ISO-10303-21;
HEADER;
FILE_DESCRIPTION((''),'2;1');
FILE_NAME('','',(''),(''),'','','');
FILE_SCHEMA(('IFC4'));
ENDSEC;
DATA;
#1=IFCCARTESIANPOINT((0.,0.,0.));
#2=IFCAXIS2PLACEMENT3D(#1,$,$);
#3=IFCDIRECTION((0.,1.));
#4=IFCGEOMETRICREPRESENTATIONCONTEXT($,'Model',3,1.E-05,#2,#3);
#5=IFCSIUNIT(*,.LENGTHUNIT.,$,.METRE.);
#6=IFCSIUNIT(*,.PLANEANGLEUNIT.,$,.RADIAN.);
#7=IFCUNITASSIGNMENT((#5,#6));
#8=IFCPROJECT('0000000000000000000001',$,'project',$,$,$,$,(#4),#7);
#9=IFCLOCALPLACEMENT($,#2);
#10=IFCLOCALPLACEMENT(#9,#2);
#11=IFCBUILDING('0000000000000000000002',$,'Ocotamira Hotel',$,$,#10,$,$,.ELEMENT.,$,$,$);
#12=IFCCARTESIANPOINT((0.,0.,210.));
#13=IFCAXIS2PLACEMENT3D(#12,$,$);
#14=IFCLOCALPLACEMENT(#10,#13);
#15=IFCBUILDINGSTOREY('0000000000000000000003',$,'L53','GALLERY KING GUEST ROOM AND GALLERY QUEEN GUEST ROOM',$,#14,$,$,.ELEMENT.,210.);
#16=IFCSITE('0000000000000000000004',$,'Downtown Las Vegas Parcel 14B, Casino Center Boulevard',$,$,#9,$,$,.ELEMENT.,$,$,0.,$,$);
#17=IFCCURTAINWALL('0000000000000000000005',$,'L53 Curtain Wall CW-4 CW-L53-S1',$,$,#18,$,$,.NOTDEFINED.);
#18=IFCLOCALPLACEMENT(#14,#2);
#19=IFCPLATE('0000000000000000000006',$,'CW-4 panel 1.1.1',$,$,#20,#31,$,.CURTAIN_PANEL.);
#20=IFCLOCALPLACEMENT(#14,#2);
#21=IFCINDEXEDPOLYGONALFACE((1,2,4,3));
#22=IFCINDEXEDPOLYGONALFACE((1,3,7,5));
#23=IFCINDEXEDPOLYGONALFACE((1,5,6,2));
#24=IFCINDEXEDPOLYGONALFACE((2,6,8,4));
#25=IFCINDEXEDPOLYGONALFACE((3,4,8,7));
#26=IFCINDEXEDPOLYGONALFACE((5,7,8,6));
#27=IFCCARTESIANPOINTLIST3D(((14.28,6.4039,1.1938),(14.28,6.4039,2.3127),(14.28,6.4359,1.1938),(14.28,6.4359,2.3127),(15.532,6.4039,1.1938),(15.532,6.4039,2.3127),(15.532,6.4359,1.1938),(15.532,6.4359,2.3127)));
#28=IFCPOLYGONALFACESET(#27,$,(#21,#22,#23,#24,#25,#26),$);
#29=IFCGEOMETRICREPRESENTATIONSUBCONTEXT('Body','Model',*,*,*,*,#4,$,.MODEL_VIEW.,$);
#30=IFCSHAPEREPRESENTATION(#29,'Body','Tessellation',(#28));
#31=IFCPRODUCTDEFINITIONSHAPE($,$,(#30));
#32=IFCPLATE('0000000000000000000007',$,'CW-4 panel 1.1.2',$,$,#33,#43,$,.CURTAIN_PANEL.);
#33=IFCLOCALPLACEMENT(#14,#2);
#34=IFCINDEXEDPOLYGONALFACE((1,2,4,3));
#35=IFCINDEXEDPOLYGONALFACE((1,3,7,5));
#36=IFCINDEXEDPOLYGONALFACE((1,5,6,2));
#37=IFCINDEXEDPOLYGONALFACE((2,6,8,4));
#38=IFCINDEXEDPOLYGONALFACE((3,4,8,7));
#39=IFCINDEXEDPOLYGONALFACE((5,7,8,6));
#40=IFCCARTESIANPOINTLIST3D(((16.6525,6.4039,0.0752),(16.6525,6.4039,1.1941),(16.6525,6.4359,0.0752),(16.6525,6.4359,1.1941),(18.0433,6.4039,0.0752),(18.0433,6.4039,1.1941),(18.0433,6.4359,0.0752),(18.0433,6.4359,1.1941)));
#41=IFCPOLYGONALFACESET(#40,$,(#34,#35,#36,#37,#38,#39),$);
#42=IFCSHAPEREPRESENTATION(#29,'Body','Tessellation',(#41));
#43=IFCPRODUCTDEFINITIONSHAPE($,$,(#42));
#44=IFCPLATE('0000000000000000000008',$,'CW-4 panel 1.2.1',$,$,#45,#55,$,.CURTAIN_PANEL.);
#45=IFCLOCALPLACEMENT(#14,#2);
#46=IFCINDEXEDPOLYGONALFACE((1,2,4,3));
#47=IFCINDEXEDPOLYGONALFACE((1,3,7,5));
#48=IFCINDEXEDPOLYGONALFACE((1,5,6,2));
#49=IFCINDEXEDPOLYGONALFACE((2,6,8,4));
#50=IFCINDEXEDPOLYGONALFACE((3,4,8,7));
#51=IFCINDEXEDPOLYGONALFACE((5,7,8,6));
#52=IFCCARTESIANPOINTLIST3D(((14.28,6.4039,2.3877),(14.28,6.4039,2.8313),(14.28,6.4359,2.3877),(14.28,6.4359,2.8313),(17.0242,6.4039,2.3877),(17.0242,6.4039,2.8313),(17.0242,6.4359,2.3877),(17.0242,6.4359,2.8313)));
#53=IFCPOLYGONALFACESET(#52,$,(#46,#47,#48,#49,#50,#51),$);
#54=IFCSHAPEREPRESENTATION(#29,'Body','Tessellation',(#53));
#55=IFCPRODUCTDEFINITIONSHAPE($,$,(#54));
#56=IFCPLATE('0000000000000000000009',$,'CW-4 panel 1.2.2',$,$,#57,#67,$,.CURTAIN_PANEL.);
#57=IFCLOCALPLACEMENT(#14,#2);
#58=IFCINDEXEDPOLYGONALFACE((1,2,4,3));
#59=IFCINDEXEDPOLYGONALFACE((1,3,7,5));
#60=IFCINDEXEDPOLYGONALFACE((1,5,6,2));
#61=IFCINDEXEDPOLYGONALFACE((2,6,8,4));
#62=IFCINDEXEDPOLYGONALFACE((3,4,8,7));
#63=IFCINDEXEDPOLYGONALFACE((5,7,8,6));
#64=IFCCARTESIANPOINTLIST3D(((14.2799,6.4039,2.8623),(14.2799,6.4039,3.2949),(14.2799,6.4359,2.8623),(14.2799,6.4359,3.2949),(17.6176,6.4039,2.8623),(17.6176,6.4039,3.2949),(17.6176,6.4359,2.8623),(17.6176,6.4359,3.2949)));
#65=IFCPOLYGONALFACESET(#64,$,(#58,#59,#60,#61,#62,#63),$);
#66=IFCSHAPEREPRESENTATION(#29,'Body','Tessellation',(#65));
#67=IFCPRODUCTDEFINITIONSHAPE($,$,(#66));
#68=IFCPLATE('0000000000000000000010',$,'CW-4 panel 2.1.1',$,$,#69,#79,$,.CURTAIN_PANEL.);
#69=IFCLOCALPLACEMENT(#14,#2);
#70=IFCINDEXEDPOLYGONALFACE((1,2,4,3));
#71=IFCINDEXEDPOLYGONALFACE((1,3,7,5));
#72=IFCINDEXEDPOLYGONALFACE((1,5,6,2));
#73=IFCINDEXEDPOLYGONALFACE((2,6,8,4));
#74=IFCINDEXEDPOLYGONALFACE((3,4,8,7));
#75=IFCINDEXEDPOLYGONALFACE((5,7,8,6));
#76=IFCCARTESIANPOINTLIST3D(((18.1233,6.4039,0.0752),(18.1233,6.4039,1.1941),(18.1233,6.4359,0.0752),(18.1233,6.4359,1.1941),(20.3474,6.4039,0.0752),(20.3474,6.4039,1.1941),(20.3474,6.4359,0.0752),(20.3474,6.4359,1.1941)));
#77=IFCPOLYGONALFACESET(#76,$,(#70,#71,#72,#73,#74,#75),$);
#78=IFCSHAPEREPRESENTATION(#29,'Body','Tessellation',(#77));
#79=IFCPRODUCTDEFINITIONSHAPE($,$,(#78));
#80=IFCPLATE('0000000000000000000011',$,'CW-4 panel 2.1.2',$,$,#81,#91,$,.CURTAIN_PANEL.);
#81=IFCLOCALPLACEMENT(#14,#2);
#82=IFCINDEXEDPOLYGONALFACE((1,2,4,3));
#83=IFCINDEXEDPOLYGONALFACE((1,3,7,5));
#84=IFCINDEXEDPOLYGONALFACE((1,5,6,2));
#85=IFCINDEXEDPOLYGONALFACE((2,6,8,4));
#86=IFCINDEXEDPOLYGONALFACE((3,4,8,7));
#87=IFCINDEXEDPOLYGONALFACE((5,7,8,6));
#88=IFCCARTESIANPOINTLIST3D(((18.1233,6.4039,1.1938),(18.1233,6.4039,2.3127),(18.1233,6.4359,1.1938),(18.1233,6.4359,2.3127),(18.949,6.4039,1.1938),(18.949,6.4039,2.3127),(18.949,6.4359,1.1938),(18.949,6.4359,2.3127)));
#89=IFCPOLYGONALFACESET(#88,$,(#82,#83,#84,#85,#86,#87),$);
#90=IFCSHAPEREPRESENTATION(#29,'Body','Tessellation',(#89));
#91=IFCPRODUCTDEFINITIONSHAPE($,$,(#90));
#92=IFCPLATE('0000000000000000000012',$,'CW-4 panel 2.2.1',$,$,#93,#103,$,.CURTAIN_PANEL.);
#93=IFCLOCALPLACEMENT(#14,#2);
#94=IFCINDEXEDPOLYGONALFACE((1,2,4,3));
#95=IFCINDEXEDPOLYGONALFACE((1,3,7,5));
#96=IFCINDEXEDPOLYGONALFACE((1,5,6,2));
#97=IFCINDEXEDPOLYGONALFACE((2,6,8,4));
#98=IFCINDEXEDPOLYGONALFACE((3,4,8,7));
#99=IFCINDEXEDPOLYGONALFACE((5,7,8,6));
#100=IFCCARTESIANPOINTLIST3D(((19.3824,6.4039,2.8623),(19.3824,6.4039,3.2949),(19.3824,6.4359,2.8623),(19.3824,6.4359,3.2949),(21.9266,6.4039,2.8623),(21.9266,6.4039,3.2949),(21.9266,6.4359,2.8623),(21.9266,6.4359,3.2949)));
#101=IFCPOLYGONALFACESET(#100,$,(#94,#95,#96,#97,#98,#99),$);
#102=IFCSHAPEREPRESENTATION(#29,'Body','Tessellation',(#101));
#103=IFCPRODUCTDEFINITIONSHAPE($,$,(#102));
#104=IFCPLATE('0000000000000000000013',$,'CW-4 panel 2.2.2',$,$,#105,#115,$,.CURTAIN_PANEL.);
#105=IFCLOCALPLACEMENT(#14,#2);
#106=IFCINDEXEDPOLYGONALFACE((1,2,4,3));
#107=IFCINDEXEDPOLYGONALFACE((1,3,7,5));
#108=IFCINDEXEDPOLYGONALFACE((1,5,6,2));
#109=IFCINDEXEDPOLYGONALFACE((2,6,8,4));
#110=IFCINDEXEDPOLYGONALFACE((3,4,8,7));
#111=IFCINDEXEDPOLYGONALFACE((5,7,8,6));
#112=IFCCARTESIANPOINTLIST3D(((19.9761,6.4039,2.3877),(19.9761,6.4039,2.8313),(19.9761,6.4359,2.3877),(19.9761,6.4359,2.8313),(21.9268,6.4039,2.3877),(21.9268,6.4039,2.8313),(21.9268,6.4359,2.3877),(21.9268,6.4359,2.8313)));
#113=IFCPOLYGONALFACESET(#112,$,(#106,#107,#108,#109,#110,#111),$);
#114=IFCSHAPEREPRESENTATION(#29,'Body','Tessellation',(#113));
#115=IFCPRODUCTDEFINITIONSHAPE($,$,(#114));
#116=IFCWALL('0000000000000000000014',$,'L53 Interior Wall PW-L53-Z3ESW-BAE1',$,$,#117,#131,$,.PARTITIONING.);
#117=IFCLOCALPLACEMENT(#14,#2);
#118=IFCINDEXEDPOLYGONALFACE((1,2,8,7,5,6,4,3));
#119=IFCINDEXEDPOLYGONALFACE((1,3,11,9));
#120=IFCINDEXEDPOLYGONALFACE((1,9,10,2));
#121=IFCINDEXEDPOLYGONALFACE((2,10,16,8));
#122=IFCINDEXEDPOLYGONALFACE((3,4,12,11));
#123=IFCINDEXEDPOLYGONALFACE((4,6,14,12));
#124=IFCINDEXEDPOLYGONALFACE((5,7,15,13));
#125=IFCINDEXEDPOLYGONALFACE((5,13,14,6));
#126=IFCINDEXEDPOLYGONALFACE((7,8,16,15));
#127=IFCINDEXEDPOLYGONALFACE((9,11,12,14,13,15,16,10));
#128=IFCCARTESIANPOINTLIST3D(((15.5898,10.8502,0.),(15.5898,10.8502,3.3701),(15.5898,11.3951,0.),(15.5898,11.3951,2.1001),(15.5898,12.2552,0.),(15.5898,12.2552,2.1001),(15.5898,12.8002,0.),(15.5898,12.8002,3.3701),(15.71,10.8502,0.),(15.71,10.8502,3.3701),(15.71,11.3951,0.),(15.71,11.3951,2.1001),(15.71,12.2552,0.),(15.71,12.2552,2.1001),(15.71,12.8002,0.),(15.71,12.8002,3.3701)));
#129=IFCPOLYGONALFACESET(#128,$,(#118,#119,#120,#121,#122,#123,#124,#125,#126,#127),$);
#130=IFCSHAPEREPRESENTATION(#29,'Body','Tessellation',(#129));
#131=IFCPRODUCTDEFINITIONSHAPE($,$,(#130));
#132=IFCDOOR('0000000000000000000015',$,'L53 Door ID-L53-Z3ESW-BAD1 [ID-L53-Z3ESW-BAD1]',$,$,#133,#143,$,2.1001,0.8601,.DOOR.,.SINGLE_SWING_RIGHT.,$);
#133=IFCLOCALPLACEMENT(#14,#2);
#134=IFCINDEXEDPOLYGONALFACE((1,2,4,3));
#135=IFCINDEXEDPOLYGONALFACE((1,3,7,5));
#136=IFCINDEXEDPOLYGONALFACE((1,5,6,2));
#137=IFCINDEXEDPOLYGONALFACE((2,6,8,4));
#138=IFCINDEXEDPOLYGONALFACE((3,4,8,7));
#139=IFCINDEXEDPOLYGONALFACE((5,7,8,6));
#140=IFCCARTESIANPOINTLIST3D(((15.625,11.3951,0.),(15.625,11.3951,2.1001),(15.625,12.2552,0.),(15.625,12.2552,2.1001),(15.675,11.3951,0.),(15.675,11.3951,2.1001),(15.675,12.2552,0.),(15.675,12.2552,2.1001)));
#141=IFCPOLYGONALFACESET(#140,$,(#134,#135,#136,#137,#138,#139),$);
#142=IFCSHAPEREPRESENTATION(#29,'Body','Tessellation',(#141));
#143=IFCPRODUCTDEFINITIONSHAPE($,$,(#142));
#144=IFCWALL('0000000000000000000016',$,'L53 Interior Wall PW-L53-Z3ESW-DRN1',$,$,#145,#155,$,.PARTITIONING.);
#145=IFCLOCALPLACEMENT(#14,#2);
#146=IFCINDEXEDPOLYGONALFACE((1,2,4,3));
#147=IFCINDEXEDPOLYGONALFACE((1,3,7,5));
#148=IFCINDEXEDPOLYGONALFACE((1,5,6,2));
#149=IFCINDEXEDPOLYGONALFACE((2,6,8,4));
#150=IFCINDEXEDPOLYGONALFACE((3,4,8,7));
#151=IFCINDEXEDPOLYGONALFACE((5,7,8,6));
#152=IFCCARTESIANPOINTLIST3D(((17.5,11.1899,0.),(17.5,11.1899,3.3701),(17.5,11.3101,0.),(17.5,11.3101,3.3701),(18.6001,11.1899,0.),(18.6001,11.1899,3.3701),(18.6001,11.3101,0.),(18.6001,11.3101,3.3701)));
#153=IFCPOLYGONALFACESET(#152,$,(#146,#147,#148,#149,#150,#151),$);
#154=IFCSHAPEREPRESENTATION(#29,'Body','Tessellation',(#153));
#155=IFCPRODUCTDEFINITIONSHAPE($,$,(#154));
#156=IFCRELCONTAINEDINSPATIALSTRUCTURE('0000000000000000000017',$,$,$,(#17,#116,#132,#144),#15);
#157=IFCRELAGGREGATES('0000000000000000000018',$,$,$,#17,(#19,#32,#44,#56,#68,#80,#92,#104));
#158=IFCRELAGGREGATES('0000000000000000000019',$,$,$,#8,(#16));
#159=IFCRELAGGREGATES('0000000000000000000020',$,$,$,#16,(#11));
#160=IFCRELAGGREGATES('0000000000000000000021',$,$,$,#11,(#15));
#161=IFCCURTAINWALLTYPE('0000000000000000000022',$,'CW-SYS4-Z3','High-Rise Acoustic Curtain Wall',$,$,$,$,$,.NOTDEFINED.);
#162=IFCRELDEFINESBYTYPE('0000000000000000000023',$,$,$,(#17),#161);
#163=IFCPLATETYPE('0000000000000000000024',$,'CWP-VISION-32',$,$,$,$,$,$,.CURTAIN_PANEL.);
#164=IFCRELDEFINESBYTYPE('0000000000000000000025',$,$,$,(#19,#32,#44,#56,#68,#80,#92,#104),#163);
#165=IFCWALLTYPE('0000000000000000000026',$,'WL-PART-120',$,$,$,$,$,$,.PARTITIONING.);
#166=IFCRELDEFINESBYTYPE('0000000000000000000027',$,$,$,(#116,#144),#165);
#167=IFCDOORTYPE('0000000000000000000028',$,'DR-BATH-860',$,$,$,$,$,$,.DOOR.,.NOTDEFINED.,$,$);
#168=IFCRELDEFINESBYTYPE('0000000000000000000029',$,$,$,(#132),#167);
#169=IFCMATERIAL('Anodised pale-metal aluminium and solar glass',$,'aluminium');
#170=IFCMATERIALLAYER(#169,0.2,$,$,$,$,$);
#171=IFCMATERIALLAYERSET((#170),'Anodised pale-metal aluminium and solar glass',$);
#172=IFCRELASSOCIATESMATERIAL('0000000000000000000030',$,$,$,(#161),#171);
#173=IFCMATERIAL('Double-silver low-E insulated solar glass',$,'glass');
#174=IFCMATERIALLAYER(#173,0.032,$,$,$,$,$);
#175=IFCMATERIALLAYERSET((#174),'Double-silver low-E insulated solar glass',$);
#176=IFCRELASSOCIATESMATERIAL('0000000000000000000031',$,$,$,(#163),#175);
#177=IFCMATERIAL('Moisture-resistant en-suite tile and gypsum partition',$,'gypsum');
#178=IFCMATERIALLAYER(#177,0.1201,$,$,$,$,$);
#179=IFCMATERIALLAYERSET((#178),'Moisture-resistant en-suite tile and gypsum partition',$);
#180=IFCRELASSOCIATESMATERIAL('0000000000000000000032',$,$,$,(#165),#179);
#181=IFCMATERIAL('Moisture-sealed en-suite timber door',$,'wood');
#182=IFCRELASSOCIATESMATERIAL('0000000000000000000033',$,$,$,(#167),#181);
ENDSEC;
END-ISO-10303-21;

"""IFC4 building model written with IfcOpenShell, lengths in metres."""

from ifc_helpers import new_model, si_unit, direction, frame, frame_2d, origin, origin_2d, place, context, subcontext, project, spatial, rectangle, extrude, source, transform, mapped, material, layer, layer_set, type_object, element, fill, aggregate, save


model = new_model("IFC4")

# Units and contexts
model_context = context("Model", 3, precision=1e-05, world=origin(), true_north=direction((0.0, 1.0)))
body_context = subcontext(model_context, "Body", "Model", "MODEL_VIEW")
ifc_project = project(units=[si_unit("LENGTHUNIT", "METRE"), si_unit("PLANEANGLEUNIT", "RADIAN")], contexts=[model_context])

# Site, building, storey
site_placement = place(None, origin())
site = spatial("IfcSite", under=ifc_project, at=site_placement, Name="Downtown Las Vegas Parcel 14B, Casino Center Boulevard", CompositionType="ELEMENT", RefElevation=0.0)
building_placement = place(site_placement, origin())
building = spatial("IfcBuilding", under=site, at=building_placement, Name="Ocotamira Hotel", CompositionType="ELEMENT")
storey_placement = place(building_placement, frame((0.0, 0.0, 210.0)))
storey = spatial("IfcBuildingStorey", under=building, at=storey_placement, Name="L53", Description="GALLERY KING GUEST ROOM AND GALLERY QUEEN GUEST ROOM", CompositionType="ELEMENT", Elevation=210.0)

# Curtain wall
ifc_material_1 = material(Name="Anodised pale-metal aluminium and solar glass", Category="aluminium")
ifc_layer_1 = layer(ifc_material_1, 0.2)
ifc_layer_set_1 = layer_set([ifc_layer_1], Name="Anodised pale-metal aluminium and solar glass")
curtain_wall_type = type_object("IfcCurtainWallType", Name="CW-SYS4-Z3", Description="High-Rise Acoustic Curtain Wall", PredefinedType="NOTDEFINED", material=ifc_layer_set_1)
curtain_wall_placement = place(storey_placement, origin())
curtain_wall = element("IfcCurtainWall", 1, at=curtain_wall_placement, inside=storey, type_object=curtain_wall_type, Name="L53 Curtain Wall CW-4 CW-L53-S1", PredefinedType="NOTDEFINED")

# Plates
ifc_material_2 = material(Name="Double-silver low-E insulated solar glass", Category="glass")
ifc_layer_2 = layer(ifc_material_2, 0.032)
ifc_layer_set_2 = layer_set([ifc_layer_2], Name="Double-silver low-E insulated solar glass")
plate_type_1 = type_object("IfcPlateType", Name="CWP-VISION-32", PredefinedType="CURTAIN_PANEL", material=ifc_layer_set_2)
shared_shape_1 = source(origin(), body_context, "Body", "SweptSolid", [
    extrude(rectangle(XDim=1.252, YDim=0.032, at=origin_2d()), origin(), (0.0, 0.0, 1.0), 1.1189),
])
plate_1_placement = place(storey_placement, frame((14.906, 6.4199, 1.1938), z_axis=(0.0, 0.0, 1.0), x_axis=(1.0, 0.0, 0.0)))
plate_1 = element("IfcPlate", 2, at=plate_1_placement, type_object=plate_type_1, Name="CW-4 panel 1.1.1", PredefinedType="CURTAIN_PANEL", context=body_context, shape_type="MappedRepresentation", body=[
    mapped(shared_shape_1, transform((0.0, 0.0, 0.0), scale=1.0)),
])
shared_shape_2 = source(origin(), body_context, "Body", "SweptSolid", [
    extrude(rectangle(XDim=1.3909, YDim=0.032, at=origin_2d()), origin(), (0.0, 0.0, 1.0), 1.1189),
])
plate_2_placement = place(storey_placement, frame((17.3479, 6.4199, 0.0752), z_axis=(0.0, 0.0, 1.0), x_axis=(1.0, 0.0, 0.0)))
plate_2 = element("IfcPlate", 3, at=plate_2_placement, type_object=plate_type_1, Name="CW-4 panel 1.1.2", PredefinedType="CURTAIN_PANEL", context=body_context, shape_type="MappedRepresentation", body=[
    mapped(shared_shape_2, transform((0.0, 0.0, 0.0), scale=1.0)),
])
shared_shape_3 = source(origin(), body_context, "Body", "SweptSolid", [
    extrude(rectangle(XDim=2.7441, YDim=0.032, at=origin_2d()), origin(), (0.0, 0.0, 1.0), 0.4436),
])
plate_3_placement = place(storey_placement, frame((15.6521, 6.4199, 2.3877), z_axis=(0.0, 0.0, 1.0), x_axis=(1.0, 0.0, 0.0)))
plate_3 = element("IfcPlate", 4, at=plate_3_placement, type_object=plate_type_1, Name="CW-4 panel 1.2.1", PredefinedType="CURTAIN_PANEL", context=body_context, shape_type="MappedRepresentation", body=[
    mapped(shared_shape_3, transform((0.0, 0.0, 0.0), scale=1.0)),
])
shared_shape_4 = source(origin(), body_context, "Body", "SweptSolid", [
    extrude(rectangle(XDim=3.3376, YDim=0.032, at=origin_2d()), origin(), (0.0, 0.0, 1.0), 0.4326),
])
plate_4_placement = place(storey_placement, frame((15.9487, 6.4199, 2.8623), z_axis=(0.0, 0.0, 1.0), x_axis=(1.0, 0.0, 0.0)))
plate_4 = element("IfcPlate", 5, at=plate_4_placement, type_object=plate_type_1, Name="CW-4 panel 1.2.2", PredefinedType="CURTAIN_PANEL", context=body_context, shape_type="MappedRepresentation", body=[
    mapped(shared_shape_4, transform((0.0, 0.0, 0.0), scale=1.0)),
])
shared_shape_5 = source(origin(), body_context, "Body", "SweptSolid", [
    extrude(rectangle(XDim=2.2241, YDim=0.032, at=origin_2d()), origin(), (0.0, 0.0, 1.0), 1.1189),
])
plate_5_placement = place(storey_placement, frame((19.2354, 6.4199, 0.0752), z_axis=(0.0, 0.0, 1.0), x_axis=(1.0, 0.0, 0.0)))
plate_5 = element("IfcPlate", 6, at=plate_5_placement, type_object=plate_type_1, Name="CW-4 panel 2.1.1", PredefinedType="CURTAIN_PANEL", context=body_context, shape_type="MappedRepresentation", body=[
    mapped(shared_shape_5, transform((0.0, 0.0, 0.0), scale=1.0)),
])
shared_shape_6 = source(origin(), body_context, "Body", "SweptSolid", [
    extrude(rectangle(XDim=0.8257, YDim=0.032, at=origin_2d()), origin(), (0.0, 0.0, 1.0), 1.1189),
])
plate_6_placement = place(storey_placement, frame((18.5361, 6.4199, 1.1938), z_axis=(0.0, 0.0, 1.0), x_axis=(1.0, 0.0, 0.0)))
plate_6 = element("IfcPlate", 7, at=plate_6_placement, type_object=plate_type_1, Name="CW-4 panel 2.1.2", PredefinedType="CURTAIN_PANEL", context=body_context, shape_type="MappedRepresentation", body=[
    mapped(shared_shape_6, transform((0.0, 0.0, 0.0), scale=1.0)),
])
shared_shape_7 = source(origin(), body_context, "Body", "SweptSolid", [
    extrude(rectangle(XDim=2.5442, YDim=0.032, at=origin_2d()), origin(), (0.0, 0.0, 1.0), 0.4326),
])
plate_7_placement = place(storey_placement, frame((20.6545, 6.4199, 2.8623), z_axis=(0.0, 0.0, 1.0), x_axis=(1.0, 0.0, 0.0)))
plate_7 = element("IfcPlate", 8, at=plate_7_placement, type_object=plate_type_1, Name="CW-4 panel 2.2.1", PredefinedType="CURTAIN_PANEL", context=body_context, shape_type="MappedRepresentation", body=[
    mapped(shared_shape_7, transform((0.0, 0.0, 0.0), scale=1.0)),
])
shared_shape_8 = source(origin(), body_context, "Body", "SweptSolid", [
    extrude(rectangle(XDim=1.9507, YDim=0.032, at=origin_2d()), origin(), (0.0, 0.0, 1.0), 0.4436),
])
plate_8_placement = place(storey_placement, frame((20.9514, 6.4199, 2.3877), z_axis=(0.0, 0.0, 1.0), x_axis=(1.0, 0.0, 0.0)))
plate_8 = element("IfcPlate", 9, at=plate_8_placement, type_object=plate_type_1, Name="CW-4 panel 2.2.2", PredefinedType="CURTAIN_PANEL", context=body_context, shape_type="MappedRepresentation", body=[
    mapped(shared_shape_8, transform((0.0, 0.0, 0.0), scale=1.0)),
])
aggregate(curtain_wall, [plate_1, plate_2, plate_3, plate_4, plate_5, plate_6, plate_7, plate_8])

# Wall, opening, door
ifc_material_3 = material(Name="Moisture-resistant en-suite tile and gypsum partition", Category="gypsum")
ifc_layer_3 = layer(ifc_material_3, 0.1201)
ifc_layer_set_3 = layer_set([ifc_layer_3], Name="Moisture-resistant en-suite tile and gypsum partition")
wall_type_1 = type_object("IfcWallType", Name="WL-PART-120", PredefinedType="PARTITIONING", material=ifc_layer_set_3)
wall_1_placement = place(storey_placement, frame((15.6499, 10.8501, 0.0), z_axis=(0.0, 0.0, 1.0), x_axis=(0.0, 1.0, 0.0)))
wall_1 = element("IfcWall", 10, at=wall_1_placement, inside=storey, type_object=wall_type_1, Name="L53 Interior Wall PW-L53-Z3ESW-BAE1", PredefinedType="PARTITIONING", context=body_context, shape_type="SweptSolid", body=[
    extrude(rectangle(XDim=1.95, YDim=0.1201, at=frame_2d((0.9751, 0.0))), origin(), (0.0, 0.0, 1.0), 3.3701),
])
opening_1_placement = place(wall_1_placement, frame((0.5449, 0.0, 0.0)))
opening_1 = element("IfcOpeningElement", 11, at=opening_1_placement, cuts=wall_1, PredefinedType="OPENING", context=body_context, shape_type="SweptSolid", body=[
    extrude(rectangle(XDim=0.8601, YDim=2.1001, at=frame_2d((0.4302, 1.05))), frame((0.0, 0.0701, 0.0), z_axis=(0.0, -1.0, 0.0), x_axis=(1.0, 0.0, 0.0)), (0.0, 0.0, 1.0), 0.1401),
])
ifc_material_4 = material(Name="Moisture-sealed en-suite timber door", Category="wood")
door_type = type_object("IfcDoorType", Name="DR-BATH-860", OperationType="NOTDEFINED", PredefinedType="DOOR", material=ifc_material_4)
shared_shape_9 = source(origin(), body_context, "Body", "SweptSolid", [
    extrude(rectangle(XDim=0.8601, YDim=2.1001, at=frame_2d((0.4302, 1.05))), frame((0.0, 0.0249, 0.0), z_axis=(0.0, -1.0, 0.0), x_axis=(1.0, 0.0, 0.0)), (0.0, 0.0, 1.0), 0.05),
])
door_1_placement = place(opening_1_placement, origin())
door_1 = element("IfcDoor", 12, at=door_1_placement, inside=storey, type_object=door_type, Name="L53 Door ID-L53-Z3ESW-BAD1 [ID-L53-Z3ESW-BAD1]", OperationType="SINGLE_SWING_RIGHT", OverallHeight=2.1001, OverallWidth=0.8601, PredefinedType="DOOR", context=body_context, shape_type="MappedRepresentation", body=[
    mapped(shared_shape_9, transform((0.0, 0.0, 0.0), scale=1.0)),
])
fill(opening_1, door_1)

# Wall
wall_2_placement = place(storey_placement, frame((17.5, 11.25, 0.0), z_axis=(0.0, 0.0, 1.0), x_axis=(1.0, 0.0, 0.0)))
element("IfcWall", 13, at=wall_2_placement, inside=storey, type_object=wall_type_1, Name="L53 Interior Wall PW-L53-Z3ESW-DRN1", PredefinedType="PARTITIONING", context=body_context, shape_type="SweptSolid", body=[
    extrude(rectangle(XDim=1.1001, YDim=0.1201, at=frame_2d((0.55, 0.0))), origin(), (0.0, 0.0, 1.0), 3.3701),
])

save(model, "model.ifc")
